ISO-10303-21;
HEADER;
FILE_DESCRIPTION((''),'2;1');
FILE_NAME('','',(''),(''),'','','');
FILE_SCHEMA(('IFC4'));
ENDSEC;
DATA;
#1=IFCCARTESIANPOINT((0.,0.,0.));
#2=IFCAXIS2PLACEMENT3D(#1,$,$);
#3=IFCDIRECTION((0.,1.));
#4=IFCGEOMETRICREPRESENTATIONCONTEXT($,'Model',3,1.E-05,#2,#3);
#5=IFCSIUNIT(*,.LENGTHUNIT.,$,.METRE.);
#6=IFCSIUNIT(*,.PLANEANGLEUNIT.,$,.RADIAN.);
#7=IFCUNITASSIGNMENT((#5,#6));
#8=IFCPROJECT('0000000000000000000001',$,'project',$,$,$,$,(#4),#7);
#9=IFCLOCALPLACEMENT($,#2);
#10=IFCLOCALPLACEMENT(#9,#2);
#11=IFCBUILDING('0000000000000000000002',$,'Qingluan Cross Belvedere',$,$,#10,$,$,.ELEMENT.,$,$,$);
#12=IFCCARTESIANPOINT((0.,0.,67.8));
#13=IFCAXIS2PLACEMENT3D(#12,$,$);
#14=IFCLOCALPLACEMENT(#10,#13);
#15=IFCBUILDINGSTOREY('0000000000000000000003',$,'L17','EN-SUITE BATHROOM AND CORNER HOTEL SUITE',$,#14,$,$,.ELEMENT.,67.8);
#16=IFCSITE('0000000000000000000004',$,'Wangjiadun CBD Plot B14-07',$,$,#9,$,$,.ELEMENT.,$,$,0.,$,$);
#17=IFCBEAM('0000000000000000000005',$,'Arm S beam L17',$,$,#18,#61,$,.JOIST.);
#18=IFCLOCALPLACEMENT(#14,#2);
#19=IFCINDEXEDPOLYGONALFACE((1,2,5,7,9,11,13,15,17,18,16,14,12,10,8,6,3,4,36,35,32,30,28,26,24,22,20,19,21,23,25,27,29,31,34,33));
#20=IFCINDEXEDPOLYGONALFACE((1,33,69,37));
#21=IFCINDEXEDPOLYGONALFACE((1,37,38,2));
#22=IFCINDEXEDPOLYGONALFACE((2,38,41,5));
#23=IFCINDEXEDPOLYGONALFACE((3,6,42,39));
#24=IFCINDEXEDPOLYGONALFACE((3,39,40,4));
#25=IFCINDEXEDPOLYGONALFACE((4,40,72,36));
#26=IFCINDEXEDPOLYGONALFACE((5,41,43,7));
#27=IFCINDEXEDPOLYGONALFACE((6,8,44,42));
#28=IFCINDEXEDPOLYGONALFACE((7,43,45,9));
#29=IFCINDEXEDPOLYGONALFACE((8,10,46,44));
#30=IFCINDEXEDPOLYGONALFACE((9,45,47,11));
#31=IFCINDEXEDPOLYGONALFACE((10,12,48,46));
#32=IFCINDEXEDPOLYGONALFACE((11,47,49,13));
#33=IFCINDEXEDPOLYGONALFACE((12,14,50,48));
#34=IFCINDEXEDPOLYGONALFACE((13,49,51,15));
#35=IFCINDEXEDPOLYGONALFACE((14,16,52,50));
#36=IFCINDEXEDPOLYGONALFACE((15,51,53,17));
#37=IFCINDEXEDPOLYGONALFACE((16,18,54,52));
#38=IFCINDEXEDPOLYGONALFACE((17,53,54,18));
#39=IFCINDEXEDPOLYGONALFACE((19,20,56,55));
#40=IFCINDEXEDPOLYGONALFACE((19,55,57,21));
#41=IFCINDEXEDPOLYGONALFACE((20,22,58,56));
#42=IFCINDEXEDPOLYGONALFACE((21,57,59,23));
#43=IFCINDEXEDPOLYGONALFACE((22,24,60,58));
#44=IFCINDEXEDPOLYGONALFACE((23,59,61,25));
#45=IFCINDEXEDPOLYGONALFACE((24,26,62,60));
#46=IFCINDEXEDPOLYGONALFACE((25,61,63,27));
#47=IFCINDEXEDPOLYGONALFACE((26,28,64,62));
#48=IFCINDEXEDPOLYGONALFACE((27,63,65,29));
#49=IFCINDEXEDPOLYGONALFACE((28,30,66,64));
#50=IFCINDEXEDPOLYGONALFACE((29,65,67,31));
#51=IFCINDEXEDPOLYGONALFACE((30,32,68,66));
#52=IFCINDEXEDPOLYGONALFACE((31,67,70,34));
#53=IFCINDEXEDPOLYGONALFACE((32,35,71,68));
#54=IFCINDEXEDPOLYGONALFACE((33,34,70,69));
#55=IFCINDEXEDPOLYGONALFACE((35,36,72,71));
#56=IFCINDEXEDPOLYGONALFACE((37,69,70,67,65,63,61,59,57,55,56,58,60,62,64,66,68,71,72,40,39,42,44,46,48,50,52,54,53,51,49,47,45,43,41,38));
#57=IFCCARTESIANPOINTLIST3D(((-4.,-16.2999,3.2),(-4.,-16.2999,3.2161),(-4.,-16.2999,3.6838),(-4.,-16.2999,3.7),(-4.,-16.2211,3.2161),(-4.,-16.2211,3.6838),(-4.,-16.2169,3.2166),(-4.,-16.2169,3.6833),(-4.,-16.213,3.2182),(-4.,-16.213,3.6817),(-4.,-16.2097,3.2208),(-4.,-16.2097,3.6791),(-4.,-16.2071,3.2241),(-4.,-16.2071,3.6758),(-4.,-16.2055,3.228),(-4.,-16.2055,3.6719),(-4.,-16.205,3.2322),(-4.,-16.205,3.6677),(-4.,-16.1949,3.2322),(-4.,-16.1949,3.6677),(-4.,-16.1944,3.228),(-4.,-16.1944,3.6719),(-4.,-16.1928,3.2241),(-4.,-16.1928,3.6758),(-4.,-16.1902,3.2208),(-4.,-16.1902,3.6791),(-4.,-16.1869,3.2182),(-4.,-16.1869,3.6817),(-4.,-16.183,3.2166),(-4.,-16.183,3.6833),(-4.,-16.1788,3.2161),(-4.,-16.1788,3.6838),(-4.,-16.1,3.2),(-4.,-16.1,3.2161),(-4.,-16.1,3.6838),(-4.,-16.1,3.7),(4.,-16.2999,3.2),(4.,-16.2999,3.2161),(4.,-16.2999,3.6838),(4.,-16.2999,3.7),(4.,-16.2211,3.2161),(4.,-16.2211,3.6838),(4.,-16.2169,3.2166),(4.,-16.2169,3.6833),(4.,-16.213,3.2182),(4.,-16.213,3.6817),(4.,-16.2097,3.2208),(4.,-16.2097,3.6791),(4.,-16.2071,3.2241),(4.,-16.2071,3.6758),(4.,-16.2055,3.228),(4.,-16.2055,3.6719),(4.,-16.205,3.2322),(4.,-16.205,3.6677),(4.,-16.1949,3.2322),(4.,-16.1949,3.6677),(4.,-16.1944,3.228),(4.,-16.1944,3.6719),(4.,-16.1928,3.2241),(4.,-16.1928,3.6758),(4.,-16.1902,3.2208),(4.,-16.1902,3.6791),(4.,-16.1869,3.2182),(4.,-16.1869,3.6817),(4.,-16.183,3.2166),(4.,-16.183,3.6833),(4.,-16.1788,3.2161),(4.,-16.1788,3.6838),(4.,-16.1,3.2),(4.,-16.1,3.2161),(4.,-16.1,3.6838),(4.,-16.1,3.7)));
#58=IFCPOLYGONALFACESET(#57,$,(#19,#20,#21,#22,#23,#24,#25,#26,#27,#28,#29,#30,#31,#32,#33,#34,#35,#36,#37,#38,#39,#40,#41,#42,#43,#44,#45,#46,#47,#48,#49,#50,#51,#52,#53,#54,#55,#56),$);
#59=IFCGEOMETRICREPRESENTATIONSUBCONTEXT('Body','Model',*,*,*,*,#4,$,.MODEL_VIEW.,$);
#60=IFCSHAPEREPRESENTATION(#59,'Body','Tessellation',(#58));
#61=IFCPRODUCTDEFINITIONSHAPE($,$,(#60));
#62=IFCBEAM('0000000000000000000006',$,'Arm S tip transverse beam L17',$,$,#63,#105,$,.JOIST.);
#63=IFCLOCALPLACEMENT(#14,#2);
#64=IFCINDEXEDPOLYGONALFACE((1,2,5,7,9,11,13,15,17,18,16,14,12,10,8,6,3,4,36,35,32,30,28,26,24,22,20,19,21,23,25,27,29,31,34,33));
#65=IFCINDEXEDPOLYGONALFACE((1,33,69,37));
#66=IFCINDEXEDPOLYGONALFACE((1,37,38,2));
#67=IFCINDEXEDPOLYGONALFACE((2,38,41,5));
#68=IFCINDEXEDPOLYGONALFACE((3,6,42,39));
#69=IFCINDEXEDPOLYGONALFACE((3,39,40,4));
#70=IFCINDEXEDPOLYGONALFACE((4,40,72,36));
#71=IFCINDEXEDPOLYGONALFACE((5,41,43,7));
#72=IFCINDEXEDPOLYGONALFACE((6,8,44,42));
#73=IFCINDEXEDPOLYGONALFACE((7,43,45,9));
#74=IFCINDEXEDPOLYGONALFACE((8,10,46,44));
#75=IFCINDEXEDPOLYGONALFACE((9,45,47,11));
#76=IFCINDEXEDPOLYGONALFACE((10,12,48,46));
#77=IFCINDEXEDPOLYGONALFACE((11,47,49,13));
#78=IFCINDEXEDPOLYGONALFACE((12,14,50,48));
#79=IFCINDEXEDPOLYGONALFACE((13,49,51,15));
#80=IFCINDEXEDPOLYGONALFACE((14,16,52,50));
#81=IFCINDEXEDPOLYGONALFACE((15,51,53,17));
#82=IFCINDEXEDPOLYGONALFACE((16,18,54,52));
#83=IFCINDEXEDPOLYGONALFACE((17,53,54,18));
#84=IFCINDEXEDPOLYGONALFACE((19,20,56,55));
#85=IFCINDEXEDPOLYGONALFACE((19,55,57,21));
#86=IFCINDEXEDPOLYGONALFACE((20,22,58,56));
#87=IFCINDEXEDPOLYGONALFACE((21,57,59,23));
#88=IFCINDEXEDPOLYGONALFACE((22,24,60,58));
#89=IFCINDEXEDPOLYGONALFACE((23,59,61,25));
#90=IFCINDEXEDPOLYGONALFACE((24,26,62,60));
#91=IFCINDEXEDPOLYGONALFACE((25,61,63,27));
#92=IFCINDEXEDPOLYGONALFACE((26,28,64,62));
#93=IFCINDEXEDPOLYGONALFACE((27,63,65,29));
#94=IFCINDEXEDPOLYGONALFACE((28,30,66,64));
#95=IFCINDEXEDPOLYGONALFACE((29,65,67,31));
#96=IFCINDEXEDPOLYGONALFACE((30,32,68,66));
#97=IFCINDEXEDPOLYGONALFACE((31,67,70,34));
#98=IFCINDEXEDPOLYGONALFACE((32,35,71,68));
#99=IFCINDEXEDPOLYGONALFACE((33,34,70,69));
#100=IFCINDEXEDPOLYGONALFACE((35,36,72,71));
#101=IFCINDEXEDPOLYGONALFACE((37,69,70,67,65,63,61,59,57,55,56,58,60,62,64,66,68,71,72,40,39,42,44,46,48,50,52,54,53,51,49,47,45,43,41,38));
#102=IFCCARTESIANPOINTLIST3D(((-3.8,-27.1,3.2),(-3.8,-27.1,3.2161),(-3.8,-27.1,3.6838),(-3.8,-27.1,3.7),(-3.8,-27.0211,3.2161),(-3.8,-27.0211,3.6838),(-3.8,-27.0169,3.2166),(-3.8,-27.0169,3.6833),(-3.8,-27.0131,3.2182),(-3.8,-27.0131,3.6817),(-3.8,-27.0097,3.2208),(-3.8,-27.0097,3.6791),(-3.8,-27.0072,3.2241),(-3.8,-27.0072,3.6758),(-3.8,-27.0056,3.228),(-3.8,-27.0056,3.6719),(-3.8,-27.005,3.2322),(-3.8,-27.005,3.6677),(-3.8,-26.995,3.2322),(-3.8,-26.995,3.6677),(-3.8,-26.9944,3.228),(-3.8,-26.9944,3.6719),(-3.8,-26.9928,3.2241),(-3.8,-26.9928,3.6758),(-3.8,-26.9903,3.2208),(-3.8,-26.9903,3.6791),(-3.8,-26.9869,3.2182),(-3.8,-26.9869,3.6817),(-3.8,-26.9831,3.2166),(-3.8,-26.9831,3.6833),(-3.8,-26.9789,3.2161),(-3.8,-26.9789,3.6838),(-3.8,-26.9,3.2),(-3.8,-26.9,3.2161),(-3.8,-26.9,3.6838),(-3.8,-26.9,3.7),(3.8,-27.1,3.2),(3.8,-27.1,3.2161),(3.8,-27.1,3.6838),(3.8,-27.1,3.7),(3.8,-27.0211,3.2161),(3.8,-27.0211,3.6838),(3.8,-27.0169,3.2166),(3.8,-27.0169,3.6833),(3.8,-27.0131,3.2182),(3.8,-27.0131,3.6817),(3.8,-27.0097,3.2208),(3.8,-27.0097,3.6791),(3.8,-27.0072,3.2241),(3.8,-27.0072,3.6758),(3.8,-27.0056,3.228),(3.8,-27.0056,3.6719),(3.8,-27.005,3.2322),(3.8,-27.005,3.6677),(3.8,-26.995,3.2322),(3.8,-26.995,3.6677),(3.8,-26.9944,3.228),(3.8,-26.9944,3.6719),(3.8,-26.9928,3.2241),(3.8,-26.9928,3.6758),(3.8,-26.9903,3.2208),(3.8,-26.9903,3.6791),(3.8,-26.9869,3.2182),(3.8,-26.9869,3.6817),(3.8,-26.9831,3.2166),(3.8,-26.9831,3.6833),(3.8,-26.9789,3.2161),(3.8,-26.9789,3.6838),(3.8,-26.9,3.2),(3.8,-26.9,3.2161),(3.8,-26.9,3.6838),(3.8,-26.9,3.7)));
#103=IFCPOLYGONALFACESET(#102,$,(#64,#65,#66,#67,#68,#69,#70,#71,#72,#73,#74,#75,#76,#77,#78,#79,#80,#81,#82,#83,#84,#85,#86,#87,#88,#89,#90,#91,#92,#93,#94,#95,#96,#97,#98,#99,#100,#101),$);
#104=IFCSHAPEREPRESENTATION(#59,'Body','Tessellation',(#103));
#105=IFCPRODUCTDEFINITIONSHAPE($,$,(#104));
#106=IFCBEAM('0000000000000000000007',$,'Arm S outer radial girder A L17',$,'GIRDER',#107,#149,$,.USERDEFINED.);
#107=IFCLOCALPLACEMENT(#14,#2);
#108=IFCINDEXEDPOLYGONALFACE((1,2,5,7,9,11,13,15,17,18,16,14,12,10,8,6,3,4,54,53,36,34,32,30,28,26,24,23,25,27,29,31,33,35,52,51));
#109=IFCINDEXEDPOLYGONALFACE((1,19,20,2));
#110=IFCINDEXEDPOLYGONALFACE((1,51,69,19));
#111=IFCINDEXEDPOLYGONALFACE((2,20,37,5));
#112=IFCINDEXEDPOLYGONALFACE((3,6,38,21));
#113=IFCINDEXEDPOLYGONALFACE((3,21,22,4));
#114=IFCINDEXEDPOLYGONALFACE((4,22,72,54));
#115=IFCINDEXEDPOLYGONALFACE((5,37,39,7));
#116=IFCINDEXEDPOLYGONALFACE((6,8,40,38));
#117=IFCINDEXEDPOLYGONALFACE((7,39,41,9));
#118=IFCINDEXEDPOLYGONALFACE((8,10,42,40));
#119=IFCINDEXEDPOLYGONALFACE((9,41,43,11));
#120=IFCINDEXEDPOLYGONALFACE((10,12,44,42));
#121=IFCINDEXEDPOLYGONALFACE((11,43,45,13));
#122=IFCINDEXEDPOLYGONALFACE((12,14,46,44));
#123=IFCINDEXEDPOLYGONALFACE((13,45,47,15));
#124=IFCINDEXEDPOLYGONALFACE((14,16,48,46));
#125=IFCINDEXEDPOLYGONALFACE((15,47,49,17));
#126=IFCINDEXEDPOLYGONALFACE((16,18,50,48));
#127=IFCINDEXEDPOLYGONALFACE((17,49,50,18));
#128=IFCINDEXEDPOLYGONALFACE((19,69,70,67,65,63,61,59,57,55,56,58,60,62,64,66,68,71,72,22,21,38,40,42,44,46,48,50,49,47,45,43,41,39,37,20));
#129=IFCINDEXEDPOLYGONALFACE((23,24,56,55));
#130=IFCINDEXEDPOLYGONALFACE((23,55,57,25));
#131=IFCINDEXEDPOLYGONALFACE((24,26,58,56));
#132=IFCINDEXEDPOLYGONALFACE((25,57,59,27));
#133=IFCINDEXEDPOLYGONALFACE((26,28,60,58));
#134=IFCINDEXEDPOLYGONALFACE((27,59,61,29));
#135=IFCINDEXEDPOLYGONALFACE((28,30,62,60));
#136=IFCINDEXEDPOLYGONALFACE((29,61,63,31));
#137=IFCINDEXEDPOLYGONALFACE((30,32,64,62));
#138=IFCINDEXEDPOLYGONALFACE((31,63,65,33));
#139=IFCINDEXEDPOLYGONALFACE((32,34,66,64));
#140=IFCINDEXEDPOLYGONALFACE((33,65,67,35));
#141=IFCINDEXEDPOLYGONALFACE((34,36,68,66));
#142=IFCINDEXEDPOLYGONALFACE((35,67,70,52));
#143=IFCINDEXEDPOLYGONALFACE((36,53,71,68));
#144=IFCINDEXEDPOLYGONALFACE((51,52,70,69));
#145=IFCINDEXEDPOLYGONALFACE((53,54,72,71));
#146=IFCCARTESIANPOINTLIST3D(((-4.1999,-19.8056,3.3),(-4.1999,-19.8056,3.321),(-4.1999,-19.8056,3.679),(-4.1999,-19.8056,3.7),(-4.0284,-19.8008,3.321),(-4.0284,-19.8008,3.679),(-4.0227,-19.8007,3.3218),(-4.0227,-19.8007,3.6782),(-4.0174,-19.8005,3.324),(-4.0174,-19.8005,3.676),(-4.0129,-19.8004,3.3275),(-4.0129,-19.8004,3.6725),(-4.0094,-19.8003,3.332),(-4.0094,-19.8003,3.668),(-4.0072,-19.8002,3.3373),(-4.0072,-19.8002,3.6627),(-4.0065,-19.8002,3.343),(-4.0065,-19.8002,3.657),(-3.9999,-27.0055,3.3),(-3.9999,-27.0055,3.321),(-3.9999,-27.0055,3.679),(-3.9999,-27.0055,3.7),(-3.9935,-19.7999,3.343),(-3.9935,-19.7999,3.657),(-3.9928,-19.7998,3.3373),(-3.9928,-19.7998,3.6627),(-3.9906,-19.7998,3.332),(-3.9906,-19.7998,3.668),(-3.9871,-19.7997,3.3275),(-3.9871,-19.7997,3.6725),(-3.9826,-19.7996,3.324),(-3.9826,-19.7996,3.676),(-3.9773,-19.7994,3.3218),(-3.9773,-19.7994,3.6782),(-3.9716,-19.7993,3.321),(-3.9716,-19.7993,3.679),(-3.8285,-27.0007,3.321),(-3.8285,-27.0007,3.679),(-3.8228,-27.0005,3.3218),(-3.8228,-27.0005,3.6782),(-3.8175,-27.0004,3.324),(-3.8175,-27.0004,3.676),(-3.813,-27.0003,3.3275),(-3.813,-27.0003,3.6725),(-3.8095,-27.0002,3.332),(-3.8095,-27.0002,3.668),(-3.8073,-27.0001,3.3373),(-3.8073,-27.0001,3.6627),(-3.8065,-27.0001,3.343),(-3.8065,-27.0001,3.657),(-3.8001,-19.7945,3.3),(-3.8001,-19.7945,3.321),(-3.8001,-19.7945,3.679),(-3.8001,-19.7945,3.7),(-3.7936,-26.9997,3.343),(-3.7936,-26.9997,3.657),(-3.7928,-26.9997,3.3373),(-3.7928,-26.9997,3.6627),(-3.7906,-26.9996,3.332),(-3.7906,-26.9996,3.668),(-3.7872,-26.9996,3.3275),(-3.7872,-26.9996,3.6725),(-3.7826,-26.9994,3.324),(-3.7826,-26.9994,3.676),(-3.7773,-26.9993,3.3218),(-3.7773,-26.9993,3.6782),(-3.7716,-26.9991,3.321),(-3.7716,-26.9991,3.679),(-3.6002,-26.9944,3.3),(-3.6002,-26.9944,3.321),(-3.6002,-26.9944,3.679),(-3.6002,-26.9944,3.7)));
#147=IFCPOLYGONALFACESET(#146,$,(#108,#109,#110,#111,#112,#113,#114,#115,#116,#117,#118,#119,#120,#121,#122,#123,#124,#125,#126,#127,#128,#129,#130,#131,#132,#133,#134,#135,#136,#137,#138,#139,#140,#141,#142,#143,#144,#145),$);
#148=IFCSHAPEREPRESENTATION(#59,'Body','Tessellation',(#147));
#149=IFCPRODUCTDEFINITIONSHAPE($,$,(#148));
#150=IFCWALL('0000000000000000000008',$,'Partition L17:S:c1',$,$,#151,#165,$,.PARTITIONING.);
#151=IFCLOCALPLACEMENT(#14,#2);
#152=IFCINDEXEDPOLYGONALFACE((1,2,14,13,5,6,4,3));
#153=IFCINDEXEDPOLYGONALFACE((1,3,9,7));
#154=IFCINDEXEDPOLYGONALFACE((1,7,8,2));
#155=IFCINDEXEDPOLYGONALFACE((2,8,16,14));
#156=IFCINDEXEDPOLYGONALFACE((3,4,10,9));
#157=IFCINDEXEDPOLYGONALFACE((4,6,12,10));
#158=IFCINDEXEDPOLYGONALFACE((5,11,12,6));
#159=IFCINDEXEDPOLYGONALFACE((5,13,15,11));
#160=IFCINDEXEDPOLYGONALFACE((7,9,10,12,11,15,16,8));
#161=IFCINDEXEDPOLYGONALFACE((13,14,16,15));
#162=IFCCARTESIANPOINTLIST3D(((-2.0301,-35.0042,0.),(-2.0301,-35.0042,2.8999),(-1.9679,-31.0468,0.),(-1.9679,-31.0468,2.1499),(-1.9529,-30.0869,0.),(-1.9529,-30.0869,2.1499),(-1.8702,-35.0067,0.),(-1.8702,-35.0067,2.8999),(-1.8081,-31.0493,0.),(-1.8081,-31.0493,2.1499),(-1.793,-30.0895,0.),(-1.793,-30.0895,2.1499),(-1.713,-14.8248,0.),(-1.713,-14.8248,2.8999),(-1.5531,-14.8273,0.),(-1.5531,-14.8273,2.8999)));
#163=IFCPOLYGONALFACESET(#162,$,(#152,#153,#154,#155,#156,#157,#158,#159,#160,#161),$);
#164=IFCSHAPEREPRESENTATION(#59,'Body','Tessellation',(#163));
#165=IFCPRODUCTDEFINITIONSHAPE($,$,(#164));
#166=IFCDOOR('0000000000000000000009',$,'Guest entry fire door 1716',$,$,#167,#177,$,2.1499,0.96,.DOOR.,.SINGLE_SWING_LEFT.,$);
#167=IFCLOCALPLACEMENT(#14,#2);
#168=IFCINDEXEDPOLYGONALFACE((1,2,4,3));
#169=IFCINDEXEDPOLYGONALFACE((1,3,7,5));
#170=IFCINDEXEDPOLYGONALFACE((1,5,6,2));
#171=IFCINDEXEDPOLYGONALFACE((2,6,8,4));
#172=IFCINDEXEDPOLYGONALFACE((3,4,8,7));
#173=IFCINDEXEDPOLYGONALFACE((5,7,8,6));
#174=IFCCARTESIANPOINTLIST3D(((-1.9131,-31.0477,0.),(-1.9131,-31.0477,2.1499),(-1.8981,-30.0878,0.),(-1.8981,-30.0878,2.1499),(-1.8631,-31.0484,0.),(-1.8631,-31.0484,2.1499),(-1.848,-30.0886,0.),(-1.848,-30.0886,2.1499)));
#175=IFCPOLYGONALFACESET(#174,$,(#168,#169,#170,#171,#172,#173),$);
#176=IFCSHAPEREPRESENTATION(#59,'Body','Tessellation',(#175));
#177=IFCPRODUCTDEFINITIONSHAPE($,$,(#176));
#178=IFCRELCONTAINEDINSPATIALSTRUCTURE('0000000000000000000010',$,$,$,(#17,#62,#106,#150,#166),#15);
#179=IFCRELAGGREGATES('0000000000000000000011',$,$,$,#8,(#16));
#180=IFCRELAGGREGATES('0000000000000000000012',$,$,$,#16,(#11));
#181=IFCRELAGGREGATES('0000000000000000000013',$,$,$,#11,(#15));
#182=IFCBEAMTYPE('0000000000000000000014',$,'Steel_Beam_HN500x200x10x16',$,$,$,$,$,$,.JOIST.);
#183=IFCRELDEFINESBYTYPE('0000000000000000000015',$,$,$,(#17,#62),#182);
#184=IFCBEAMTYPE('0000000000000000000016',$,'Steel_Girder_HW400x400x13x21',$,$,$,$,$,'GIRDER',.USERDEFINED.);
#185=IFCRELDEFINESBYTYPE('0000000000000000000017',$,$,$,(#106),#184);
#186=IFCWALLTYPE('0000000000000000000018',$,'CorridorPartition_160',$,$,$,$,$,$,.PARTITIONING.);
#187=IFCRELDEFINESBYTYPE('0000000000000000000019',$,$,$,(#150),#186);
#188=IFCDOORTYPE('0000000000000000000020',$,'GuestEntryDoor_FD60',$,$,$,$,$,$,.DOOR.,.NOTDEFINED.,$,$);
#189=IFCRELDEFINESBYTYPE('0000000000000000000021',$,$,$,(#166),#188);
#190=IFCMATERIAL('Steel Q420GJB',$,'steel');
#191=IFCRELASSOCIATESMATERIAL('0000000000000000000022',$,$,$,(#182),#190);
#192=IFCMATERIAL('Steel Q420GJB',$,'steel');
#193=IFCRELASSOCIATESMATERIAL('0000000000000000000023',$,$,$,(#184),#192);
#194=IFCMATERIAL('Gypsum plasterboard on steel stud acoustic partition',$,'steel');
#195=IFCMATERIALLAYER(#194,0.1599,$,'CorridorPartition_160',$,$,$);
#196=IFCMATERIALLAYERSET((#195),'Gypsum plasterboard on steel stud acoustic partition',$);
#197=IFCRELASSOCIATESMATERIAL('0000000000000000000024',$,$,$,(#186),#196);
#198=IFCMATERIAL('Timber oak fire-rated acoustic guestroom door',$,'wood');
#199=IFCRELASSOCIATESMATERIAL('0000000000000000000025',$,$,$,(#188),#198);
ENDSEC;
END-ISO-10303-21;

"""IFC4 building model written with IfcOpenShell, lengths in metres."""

from ifc_helpers import new_model, si_unit, direction, frame, frame_2d, origin, origin_2d, place, context, subcontext, project, spatial, rectangle, i_section, extrude, material, layer, layer_set, material_profile, profile_set, type_object, element, fill, save


model = new_model("IFC4")

# Units and contexts
model_context = context("Model", 3, precision=1e-05, world=origin(), true_north=direction((0.0, 1.0)))
body_context = subcontext(model_context, "Body", "Model", "MODEL_VIEW")
ifc_project = project(units=[si_unit("LENGTHUNIT", "METRE"), si_unit("PLANEANGLEUNIT", "RADIAN")], contexts=[model_context])

# Site, building, storey
site_placement = place(None, origin())
site = spatial("IfcSite", under=ifc_project, at=site_placement, Name="Wangjiadun CBD Plot B14-07", CompositionType="ELEMENT", RefElevation=0.0)
building_placement = place(site_placement, origin())
building = spatial("IfcBuilding", under=site, at=building_placement, Name="Qingluan Cross Belvedere", CompositionType="ELEMENT")
storey_placement = place(building_placement, frame((0.0, 0.0, 67.8)))
storey = spatial("IfcBuildingStorey", under=building, at=storey_placement, Name="L17", Description="EN-SUITE BATHROOM AND CORNER HOTEL SUITE", CompositionType="ELEMENT", Elevation=67.8)

# Beams
ifc_material_1 = material(Name="Steel Q420GJB", Category="steel")
ifc_material_profile_1 = material_profile(ifc_material_1, i_section(OverallWidth=0.2, OverallDepth=0.5, WebThickness=0.01, FlangeThickness=0.0161, FilletRadius=0.0161, at=origin_2d()), Name="HN500x200x10x16")
ifc_profile_set_1 = profile_set([ifc_material_profile_1], Name="Steel Q420GJB")
beam_type_1 = type_object("IfcBeamType", Name="Steel_Beam_HN500x200x10x16", PredefinedType="JOIST", material=ifc_profile_set_1)
for number, where, z_axis, x_axis, name in (
    (1, (-4.0, -16.2, 3.45), (1.0, 0.0, 0.0), (0.0, 1.0, 0.0), "Arm S beam L17"),
):
    element("IfcBeam", number, at=place(storey_placement, frame(where, z_axis=z_axis, x_axis=x_axis)), inside=storey, type_object=beam_type_1, Name=name, PredefinedType="JOIST", context=body_context, shape_type="SweptSolid", body=[
        extrude(i_section(OverallWidth=0.2, OverallDepth=0.5, WebThickness=0.01, FlangeThickness=0.0161, FilletRadius=0.0161, at=origin_2d()), origin(), (0.0, 0.0, 1.0), 8.0),
    ])
beam_1_placement = place(storey_placement, frame((-3.8, -27.0, 3.45), z_axis=(1.0, 0.0, 0.0), x_axis=(0.0, 1.0, 0.0)))
element("IfcBeam", 2, at=beam_1_placement, inside=storey, type_object=beam_type_1, Name="Arm S tip transverse beam L17", PredefinedType="JOIST", context=body_context, shape_type="SweptSolid", body=[
    extrude(i_section(OverallWidth=0.2, OverallDepth=0.5, WebThickness=0.01, FlangeThickness=0.0161, FilletRadius=0.0161, at=origin_2d()), origin(), (0.0, 0.0, 1.0), 7.6001),
])
ifc_material_2 = material(Name="Steel Q420GJB", Category="steel")
ifc_material_profile_2 = material_profile(ifc_material_2, i_section(OverallWidth=0.3999, OverallDepth=0.3999, WebThickness=0.0129, FlangeThickness=0.021, FilletRadius=0.022, at=origin_2d()), Name="HW400x400x13x21")
ifc_profile_set_2 = profile_set([ifc_material_profile_2], Name="Steel Q420GJB")
beam_type_2 = type_object("IfcBeamType", Name="Steel_Girder_HW400x400x13x21", ElementType="GIRDER", PredefinedType="USERDEFINED", material=ifc_profile_set_2)
beam_2_placement = place(storey_placement, frame((-4.0, -19.8, 3.5), z_axis=(0.02776, -0.999615, 0.0), x_axis=(0.999615, 0.02776, 0.0)))
element("IfcBeam", 3, at=beam_2_placement, inside=storey, type_object=beam_type_2, Name="Arm S outer radial girder A L17", ObjectType="GIRDER", PredefinedType="USERDEFINED", context=body_context, shape_type="SweptSolid", body=[
    extrude(i_section(OverallWidth=0.3999, OverallDepth=0.3999, WebThickness=0.0129, FlangeThickness=0.021, FilletRadius=0.022, at=origin_2d()), origin(), (0.0, 0.0, 1.0), 7.2026),
])

# Wall, opening, door
ifc_material_3 = material(Name="Gypsum plasterboard on steel stud acoustic partition", Category="steel")
ifc_layer_1 = layer(ifc_material_3, 0.1599, Name="CorridorPartition_160")
ifc_layer_set_1 = layer_set([ifc_layer_1], Name="Gypsum plasterboard on steel stud acoustic partition")
wall_type_1 = type_object("IfcWallType", Name="CorridorPartition_160", PredefinedType="PARTITIONING", material=ifc_layer_set_1)
wall_1_placement = place(storey_placement, frame((-1.6331, -14.8262, 0.0), z_axis=(0.0, 0.0, 1.0), x_axis=(-0.015714, -0.999877, 0.0)))
wall_1 = element("IfcWall", 4, at=wall_1_placement, inside=storey, type_object=wall_type_1, Name="Partition L17:S:c1", PredefinedType="PARTITIONING", context=body_context, shape_type="SweptSolid", body=[
    extrude(rectangle(XDim=20.1819, YDim=0.1599, at=frame_2d((10.0908, 0.0))), origin(), (0.0, 0.0, 1.0), 2.8999),
])
opening_1_placement = place(wall_1_placement, frame((15.2639, 0.0, 0.0)))
opening_1 = element("IfcOpeningElement", 5, at=opening_1_placement, cuts=wall_1, PredefinedType="OPENING", context=body_context, shape_type="SweptSolid", body=[
    extrude(rectangle(XDim=0.96, YDim=2.1499, at=frame_2d((0.48, 1.075))), frame((0.0, 0.0898, 0.0), z_axis=(0.0, -1.0, 0.0), x_axis=(1.0, 0.0, 0.0)), (0.0, 0.0, 1.0), 0.1799),
])
ifc_material_4 = material(Name="Timber oak fire-rated acoustic guestroom door", Category="wood")
door_type_1 = type_object("IfcDoorType", Name="GuestEntryDoor_FD60", OperationType="NOTDEFINED", PredefinedType="DOOR", material=ifc_material_4)
door_1_placement = place(opening_1_placement, origin())
door_1 = element("IfcDoor", 6, at=door_1_placement, inside=storey, type_object=door_type_1, Name="Guest entry fire door 1716", OperationType="SINGLE_SWING_LEFT", OverallHeight=2.1499, OverallWidth=0.96, PredefinedType="DOOR", context=body_context, shape_type="SweptSolid", body=[
    extrude(rectangle(XDim=0.96, YDim=2.1499, at=frame_2d((0.48, 1.075))), frame((0.0, 0.0249, 0.0), z_axis=(0.0, -1.0, 0.0), x_axis=(1.0, 0.0, 0.0)), (0.0, 0.0, 1.0), 0.05),
])
fill(opening_1, door_1)

save(model, "model.ifc")
